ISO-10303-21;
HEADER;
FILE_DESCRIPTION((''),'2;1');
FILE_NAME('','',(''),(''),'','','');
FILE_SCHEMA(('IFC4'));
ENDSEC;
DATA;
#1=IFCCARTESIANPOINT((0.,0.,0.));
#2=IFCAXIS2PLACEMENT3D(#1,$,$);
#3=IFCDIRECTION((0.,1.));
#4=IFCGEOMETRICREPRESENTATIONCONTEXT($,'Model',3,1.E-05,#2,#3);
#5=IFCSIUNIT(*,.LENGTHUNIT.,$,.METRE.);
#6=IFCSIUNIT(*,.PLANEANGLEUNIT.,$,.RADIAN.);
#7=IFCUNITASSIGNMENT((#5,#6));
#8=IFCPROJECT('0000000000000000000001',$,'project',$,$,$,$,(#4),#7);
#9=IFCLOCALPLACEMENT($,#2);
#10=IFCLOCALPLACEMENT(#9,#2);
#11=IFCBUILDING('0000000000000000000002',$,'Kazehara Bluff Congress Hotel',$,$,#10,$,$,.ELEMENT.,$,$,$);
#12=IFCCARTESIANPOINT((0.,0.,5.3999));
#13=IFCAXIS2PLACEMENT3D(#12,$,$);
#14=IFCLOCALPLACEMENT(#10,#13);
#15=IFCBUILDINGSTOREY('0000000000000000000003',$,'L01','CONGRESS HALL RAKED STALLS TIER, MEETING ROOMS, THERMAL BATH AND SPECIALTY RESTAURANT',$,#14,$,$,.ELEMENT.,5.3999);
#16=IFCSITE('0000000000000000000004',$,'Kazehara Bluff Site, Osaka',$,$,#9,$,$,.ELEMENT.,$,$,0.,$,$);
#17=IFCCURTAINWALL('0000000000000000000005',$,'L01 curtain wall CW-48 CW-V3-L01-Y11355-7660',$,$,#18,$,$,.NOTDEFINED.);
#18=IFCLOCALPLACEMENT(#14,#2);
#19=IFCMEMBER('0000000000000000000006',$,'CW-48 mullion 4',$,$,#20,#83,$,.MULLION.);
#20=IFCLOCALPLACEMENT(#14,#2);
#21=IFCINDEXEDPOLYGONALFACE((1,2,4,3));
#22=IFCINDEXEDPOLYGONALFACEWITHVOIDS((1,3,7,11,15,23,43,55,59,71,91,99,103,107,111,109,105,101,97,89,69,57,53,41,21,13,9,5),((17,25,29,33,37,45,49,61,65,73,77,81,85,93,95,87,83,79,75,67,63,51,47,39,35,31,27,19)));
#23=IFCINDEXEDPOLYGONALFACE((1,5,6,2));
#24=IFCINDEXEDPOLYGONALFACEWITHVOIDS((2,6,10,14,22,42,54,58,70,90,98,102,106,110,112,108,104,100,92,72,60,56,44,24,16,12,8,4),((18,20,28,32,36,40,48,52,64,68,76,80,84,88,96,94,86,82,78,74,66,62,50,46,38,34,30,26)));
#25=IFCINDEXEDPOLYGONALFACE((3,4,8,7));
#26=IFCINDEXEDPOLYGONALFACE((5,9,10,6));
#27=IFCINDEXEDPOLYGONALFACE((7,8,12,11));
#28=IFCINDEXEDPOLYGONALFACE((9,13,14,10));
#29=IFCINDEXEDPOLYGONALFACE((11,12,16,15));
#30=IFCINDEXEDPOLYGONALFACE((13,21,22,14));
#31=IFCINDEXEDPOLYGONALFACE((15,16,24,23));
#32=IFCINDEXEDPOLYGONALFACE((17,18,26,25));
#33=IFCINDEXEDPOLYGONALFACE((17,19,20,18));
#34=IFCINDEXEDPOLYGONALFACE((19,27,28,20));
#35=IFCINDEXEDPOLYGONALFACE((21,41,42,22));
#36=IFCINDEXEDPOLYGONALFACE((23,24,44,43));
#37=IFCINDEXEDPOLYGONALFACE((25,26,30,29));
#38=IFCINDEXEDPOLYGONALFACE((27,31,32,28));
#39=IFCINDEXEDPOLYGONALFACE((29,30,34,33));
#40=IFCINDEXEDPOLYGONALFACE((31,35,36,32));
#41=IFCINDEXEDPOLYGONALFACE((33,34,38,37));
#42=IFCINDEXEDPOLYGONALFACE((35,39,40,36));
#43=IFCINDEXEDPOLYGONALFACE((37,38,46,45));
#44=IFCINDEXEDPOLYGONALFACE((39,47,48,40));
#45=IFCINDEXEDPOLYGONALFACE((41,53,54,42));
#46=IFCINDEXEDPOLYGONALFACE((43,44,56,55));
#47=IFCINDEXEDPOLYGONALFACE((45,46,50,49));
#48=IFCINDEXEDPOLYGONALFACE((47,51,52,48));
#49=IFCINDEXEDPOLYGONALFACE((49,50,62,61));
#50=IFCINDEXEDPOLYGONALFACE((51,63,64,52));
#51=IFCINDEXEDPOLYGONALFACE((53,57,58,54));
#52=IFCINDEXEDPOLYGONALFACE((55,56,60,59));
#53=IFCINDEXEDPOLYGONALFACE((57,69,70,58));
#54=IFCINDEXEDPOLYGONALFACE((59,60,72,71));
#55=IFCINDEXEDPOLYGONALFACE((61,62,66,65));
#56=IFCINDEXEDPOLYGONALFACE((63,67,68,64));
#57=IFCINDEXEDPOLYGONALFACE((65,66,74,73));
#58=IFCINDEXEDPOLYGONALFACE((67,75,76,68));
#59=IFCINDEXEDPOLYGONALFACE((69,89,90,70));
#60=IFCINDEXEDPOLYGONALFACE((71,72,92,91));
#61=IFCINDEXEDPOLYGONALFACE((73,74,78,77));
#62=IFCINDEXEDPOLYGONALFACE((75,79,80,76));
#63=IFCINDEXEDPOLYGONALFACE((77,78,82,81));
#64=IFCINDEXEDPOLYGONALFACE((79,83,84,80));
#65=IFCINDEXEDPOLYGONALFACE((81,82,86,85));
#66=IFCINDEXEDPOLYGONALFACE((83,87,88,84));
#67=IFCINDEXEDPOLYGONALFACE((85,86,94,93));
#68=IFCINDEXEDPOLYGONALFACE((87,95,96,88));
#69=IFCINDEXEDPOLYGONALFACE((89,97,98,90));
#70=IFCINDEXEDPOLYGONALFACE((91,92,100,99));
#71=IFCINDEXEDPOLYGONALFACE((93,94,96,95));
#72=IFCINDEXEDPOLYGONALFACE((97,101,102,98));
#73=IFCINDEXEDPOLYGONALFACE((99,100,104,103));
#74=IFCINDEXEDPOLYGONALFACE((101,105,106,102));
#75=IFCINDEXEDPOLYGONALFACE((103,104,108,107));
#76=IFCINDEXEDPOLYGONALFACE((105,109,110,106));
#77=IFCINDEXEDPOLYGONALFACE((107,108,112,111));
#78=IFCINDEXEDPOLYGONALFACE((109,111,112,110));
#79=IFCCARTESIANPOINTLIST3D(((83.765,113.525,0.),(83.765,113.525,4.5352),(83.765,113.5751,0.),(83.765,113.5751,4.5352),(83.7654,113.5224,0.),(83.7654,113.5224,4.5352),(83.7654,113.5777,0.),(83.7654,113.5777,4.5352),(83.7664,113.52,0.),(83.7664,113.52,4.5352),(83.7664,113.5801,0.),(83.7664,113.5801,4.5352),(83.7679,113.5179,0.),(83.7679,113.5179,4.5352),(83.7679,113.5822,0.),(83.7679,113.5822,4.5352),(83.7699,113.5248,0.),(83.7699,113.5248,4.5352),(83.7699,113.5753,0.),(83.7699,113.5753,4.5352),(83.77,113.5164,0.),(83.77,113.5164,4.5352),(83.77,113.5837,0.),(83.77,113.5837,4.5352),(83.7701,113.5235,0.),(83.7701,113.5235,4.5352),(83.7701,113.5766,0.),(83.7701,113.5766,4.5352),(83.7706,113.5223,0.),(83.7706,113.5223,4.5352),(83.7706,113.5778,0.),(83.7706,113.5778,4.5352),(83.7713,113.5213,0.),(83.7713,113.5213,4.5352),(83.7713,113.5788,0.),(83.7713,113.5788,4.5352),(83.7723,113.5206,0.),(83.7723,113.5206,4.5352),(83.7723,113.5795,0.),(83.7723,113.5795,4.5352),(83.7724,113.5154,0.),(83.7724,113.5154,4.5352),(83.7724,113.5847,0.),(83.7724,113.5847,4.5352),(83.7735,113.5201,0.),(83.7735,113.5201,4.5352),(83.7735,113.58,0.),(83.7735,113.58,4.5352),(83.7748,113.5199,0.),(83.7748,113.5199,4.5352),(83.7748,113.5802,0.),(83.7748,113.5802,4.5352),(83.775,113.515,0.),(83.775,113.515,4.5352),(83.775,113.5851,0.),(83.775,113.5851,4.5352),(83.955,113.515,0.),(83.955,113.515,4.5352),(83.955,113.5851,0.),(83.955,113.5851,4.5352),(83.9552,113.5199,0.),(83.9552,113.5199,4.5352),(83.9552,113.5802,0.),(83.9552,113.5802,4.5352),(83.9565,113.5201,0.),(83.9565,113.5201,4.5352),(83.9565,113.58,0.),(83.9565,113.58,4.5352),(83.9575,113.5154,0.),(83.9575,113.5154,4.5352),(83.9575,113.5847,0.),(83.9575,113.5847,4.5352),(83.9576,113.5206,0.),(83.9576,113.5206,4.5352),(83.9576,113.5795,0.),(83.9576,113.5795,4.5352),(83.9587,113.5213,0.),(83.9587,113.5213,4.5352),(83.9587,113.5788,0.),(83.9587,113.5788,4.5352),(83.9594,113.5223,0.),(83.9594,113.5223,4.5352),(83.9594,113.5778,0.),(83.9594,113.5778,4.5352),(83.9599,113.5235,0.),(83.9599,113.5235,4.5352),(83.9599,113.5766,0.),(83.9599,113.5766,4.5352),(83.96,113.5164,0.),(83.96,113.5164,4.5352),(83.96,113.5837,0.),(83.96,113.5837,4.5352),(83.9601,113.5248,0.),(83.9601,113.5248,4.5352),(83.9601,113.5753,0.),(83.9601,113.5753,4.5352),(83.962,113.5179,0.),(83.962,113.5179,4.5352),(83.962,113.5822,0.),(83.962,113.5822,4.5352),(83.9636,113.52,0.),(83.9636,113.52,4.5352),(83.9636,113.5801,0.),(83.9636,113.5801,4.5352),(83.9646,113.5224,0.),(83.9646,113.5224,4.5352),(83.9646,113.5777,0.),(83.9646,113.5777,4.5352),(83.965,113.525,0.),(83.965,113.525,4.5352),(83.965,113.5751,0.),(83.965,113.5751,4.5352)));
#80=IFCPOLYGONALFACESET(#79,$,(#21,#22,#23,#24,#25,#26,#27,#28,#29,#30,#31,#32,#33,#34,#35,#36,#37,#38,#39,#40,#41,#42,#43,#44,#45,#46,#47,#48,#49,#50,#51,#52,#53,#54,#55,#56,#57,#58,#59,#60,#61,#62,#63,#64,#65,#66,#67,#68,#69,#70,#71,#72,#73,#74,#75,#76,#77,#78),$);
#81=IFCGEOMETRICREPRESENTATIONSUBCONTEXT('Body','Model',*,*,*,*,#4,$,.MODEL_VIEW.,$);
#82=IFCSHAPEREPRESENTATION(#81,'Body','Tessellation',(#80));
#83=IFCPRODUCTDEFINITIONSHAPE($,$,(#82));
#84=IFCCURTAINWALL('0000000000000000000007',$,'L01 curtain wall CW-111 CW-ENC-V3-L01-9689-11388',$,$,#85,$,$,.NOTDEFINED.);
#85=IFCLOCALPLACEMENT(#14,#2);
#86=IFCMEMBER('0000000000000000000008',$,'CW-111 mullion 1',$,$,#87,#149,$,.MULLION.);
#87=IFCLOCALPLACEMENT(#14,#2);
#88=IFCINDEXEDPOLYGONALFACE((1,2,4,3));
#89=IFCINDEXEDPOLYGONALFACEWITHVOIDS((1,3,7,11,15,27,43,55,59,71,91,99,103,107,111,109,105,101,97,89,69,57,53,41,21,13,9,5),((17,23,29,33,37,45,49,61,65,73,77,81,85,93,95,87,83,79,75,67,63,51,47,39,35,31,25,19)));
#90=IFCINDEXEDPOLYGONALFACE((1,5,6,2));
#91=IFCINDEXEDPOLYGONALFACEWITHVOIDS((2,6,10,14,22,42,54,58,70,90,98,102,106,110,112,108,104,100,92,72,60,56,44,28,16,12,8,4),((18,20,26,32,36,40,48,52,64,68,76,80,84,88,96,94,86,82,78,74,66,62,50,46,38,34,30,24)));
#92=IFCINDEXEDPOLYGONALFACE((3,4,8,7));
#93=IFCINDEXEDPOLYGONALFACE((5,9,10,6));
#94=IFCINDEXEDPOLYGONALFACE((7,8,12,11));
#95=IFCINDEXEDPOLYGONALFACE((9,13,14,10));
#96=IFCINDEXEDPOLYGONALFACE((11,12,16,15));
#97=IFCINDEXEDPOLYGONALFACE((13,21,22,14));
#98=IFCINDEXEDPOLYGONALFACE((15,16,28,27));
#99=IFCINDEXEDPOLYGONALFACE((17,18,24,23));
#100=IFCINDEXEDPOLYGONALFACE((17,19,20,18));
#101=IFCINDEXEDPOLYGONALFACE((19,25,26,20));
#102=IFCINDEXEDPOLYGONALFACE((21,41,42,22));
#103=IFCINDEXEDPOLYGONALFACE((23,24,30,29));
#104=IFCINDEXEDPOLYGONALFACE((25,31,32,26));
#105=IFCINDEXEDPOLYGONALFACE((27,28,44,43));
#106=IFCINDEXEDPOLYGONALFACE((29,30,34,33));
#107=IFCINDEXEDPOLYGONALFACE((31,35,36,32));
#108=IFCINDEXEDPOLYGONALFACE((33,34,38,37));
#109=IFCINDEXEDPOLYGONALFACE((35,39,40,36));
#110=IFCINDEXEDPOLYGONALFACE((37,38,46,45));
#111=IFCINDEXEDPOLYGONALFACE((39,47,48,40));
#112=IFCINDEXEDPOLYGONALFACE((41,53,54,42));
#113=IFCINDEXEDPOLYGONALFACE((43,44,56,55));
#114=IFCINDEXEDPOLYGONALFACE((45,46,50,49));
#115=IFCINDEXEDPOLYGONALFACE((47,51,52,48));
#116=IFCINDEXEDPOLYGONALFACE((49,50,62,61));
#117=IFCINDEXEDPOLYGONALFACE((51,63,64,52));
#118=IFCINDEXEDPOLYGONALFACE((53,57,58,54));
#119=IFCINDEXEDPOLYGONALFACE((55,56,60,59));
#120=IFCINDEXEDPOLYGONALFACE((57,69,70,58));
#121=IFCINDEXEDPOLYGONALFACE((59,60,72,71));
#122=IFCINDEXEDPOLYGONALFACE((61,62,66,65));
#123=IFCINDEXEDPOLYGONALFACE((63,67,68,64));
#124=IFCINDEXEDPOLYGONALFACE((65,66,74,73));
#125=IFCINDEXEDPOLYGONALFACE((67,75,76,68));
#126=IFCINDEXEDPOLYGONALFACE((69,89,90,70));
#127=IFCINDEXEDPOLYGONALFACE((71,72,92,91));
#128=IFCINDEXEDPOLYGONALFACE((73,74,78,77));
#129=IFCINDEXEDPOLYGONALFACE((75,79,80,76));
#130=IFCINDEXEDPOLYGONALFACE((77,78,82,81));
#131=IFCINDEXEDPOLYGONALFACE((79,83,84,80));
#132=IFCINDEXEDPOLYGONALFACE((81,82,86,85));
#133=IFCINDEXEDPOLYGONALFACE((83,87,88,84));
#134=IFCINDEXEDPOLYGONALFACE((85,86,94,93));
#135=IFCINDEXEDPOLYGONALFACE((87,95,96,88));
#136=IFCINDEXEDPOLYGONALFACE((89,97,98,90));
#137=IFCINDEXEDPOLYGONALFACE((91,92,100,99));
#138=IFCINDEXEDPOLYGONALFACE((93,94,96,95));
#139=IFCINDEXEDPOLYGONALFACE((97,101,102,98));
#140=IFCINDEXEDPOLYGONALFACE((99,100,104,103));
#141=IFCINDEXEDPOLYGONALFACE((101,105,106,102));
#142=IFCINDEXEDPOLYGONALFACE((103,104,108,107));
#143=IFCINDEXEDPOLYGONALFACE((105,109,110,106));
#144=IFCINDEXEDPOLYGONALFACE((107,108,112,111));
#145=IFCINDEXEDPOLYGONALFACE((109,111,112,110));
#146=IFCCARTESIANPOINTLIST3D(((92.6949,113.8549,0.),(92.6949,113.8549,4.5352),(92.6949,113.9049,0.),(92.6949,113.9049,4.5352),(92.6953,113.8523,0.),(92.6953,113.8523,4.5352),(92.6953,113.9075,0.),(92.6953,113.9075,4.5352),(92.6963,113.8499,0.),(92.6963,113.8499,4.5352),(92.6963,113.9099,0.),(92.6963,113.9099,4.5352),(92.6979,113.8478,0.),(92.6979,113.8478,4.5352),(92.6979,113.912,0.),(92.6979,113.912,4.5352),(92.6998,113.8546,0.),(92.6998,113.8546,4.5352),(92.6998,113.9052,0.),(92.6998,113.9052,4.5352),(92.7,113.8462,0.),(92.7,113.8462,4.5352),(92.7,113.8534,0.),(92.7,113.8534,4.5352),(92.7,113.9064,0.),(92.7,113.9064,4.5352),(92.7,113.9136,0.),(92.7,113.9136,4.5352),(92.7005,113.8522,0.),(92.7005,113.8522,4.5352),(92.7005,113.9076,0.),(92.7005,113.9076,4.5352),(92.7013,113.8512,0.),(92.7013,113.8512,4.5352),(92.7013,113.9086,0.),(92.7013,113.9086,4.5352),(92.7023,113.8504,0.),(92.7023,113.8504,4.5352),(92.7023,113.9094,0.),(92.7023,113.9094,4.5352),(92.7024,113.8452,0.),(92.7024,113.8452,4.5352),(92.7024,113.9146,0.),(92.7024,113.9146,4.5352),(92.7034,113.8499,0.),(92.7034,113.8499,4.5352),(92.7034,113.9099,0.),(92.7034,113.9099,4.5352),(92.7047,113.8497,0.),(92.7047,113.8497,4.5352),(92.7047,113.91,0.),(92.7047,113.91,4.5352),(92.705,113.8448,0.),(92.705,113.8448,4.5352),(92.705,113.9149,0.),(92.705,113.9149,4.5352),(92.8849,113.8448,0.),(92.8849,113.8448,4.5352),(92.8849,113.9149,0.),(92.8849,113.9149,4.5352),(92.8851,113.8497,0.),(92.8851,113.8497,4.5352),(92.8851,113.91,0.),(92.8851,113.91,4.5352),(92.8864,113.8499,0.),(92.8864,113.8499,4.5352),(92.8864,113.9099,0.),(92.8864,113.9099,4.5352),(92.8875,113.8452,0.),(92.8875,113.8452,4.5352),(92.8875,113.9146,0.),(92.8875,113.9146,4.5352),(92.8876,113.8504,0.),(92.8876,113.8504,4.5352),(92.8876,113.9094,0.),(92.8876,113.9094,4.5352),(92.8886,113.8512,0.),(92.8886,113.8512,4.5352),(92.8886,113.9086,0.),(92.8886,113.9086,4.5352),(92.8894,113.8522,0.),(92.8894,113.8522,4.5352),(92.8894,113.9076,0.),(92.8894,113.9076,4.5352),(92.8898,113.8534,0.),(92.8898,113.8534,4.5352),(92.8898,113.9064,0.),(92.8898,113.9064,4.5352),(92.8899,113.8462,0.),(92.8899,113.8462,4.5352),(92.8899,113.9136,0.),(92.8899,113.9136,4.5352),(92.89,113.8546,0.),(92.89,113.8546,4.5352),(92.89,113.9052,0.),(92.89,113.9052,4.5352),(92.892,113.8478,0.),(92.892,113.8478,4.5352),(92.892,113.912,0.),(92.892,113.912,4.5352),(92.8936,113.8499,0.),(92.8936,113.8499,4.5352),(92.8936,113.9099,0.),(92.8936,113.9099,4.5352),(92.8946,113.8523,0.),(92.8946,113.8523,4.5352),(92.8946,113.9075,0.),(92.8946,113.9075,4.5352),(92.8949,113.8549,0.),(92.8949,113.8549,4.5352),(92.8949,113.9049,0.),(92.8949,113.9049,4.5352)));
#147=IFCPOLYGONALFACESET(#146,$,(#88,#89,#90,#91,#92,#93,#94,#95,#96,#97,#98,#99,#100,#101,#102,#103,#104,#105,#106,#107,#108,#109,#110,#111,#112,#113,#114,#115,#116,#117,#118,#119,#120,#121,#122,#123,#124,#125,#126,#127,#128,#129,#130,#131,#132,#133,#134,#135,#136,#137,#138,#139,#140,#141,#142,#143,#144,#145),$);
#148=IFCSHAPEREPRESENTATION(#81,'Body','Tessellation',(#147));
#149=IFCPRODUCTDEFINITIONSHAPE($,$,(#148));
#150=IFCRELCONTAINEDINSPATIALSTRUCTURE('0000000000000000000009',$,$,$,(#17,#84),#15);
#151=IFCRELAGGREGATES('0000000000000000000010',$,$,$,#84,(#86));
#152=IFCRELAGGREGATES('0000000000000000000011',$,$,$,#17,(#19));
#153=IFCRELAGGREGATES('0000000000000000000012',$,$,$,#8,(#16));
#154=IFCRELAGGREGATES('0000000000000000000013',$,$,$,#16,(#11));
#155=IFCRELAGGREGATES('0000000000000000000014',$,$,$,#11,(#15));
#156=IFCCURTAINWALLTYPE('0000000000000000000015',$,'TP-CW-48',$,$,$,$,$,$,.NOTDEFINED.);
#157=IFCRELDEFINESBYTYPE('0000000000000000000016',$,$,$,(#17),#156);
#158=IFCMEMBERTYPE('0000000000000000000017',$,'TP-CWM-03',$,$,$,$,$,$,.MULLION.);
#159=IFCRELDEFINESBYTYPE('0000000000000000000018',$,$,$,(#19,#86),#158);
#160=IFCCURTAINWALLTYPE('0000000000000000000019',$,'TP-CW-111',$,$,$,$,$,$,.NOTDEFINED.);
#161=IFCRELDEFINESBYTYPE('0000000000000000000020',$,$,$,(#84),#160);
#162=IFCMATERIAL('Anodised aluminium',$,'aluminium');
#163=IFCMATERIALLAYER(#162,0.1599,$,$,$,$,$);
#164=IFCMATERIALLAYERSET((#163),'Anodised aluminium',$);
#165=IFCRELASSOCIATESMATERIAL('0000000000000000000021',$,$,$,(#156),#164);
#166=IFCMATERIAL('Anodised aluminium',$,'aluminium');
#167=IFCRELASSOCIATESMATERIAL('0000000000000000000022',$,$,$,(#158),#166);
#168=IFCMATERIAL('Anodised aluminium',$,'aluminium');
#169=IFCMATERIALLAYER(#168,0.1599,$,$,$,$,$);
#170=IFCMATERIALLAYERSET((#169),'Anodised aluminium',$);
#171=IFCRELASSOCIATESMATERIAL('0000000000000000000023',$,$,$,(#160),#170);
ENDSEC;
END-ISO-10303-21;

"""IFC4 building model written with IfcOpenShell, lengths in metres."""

from ifc_helpers import new_model, si_unit, direction, frame, origin, origin_2d, place, context, subcontext, project, spatial, hollow_rectangle, extrude, material, layer, layer_set, material_profile, profile_set, type_object, element, aggregate, save


model = new_model("IFC4")

# Units and contexts
model_context = context("Model", 3, precision=1e-05, world=origin(), true_north=direction((0.0, 1.0)))
body_context = subcontext(model_context, "Body", "Model", "MODEL_VIEW")
ifc_project = project(units=[si_unit("LENGTHUNIT", "METRE"), si_unit("PLANEANGLEUNIT", "RADIAN")], contexts=[model_context])

# Site, building, storey
site_placement = place(None, origin())
site = spatial("IfcSite", under=ifc_project, at=site_placement, Name="Kazehara Bluff Site, Osaka", CompositionType="ELEMENT", RefElevation=0.0)
building_placement = place(site_placement, origin())
building = spatial("IfcBuilding", under=site, at=building_placement, Name="Kazehara Bluff Congress Hotel", CompositionType="ELEMENT")
storey_placement = place(building_placement, frame((0.0, 0.0, 5.3999)))
storey = spatial("IfcBuildingStorey", under=building, at=storey_placement, Name="L01", Description="CONGRESS HALL RAKED STALLS TIER, MEETING ROOMS, THERMAL BATH AND SPECIALTY RESTAURANT", CompositionType="ELEMENT", Elevation=5.3999)

# Curtain walls, members
ifc_material_1 = material(Name="Anodised aluminium", Category="aluminium")
ifc_layer_1 = layer(ifc_material_1, 0.1599)
ifc_layer_set_1 = layer_set([ifc_layer_1], Name="Anodised aluminium")
curtain_wall_type_1 = type_object("IfcCurtainWallType", Name="TP-CW-48", PredefinedType="NOTDEFINED", material=ifc_layer_set_1)
curtain_wall_1_placement = place(storey_placement, origin())
curtain_wall_1 = element("IfcCurtainWall", 1, at=curtain_wall_1_placement, inside=storey, type_object=curtain_wall_type_1, Name="L01 curtain wall CW-48 CW-V3-L01-Y11355-7660", PredefinedType="NOTDEFINED")
ifc_material_2 = material(Name="Anodised aluminium", Category="aluminium")
ifc_material_profile_1 = material_profile(ifc_material_2, hollow_rectangle(XDim=0.0701, YDim=0.2, WallThickness=0.0049, InnerFilletRadius=0.0049, OuterFilletRadius=0.01, at=origin_2d()))
ifc_profile_set_1 = profile_set([ifc_material_profile_1], Name="Anodised aluminium")
member_type_1 = type_object("IfcMemberType", Name="TP-CWM-03", PredefinedType="MULLION", material=ifc_profile_set_1)
member_1_placement = place(storey_placement, frame((83.865, 113.55, 0.0), z_axis=(0.0, 0.0, 1.0), x_axis=(0.0, 1.0, 0.0)))
member_1 = element("IfcMember", 2, at=member_1_placement, type_object=member_type_1, Name="CW-48 mullion 4", PredefinedType="MULLION", context=body_context, shape_type="SweptSolid", body=[
    extrude(hollow_rectangle(XDim=0.0701, YDim=0.2, WallThickness=0.0049, InnerFilletRadius=0.0049, OuterFilletRadius=0.01, at=origin_2d()), origin(), (0.0, 0.0, 1.0), 4.5352),
])
ifc_material_3 = material(Name="Anodised aluminium", Category="aluminium")
ifc_layer_2 = layer(ifc_material_3, 0.1599)
ifc_layer_set_2 = layer_set([ifc_layer_2], Name="Anodised aluminium")
curtain_wall_type_2 = type_object("IfcCurtainWallType", Name="TP-CW-111", PredefinedType="NOTDEFINED", material=ifc_layer_set_2)
curtain_wall_2_placement = place(storey_placement, origin())
curtain_wall_2 = element("IfcCurtainWall", 3, at=curtain_wall_2_placement, inside=storey, type_object=curtain_wall_type_2, Name="L01 curtain wall CW-111 CW-ENC-V3-L01-9689-11388", PredefinedType="NOTDEFINED")
member_2_placement = place(storey_placement, frame((92.7949, 113.8799, 0.0), z_axis=(0.0, 0.0, 1.0), x_axis=(0.0, 1.0, 0.0)))
member_2 = element("IfcMember", 4, at=member_2_placement, type_object=member_type_1, Name="CW-111 mullion 1", PredefinedType="MULLION", context=body_context, shape_type="SweptSolid", body=[
    extrude(hollow_rectangle(XDim=0.0701, YDim=0.2, WallThickness=0.0049, InnerFilletRadius=0.0049, OuterFilletRadius=0.01, at=origin_2d()), origin(), (0.0, 0.0, 1.0), 4.5352),
])

aggregate(curtain_wall_2, [member_2])

aggregate(curtain_wall_1, [member_1])

save(model, "model.ifc")
